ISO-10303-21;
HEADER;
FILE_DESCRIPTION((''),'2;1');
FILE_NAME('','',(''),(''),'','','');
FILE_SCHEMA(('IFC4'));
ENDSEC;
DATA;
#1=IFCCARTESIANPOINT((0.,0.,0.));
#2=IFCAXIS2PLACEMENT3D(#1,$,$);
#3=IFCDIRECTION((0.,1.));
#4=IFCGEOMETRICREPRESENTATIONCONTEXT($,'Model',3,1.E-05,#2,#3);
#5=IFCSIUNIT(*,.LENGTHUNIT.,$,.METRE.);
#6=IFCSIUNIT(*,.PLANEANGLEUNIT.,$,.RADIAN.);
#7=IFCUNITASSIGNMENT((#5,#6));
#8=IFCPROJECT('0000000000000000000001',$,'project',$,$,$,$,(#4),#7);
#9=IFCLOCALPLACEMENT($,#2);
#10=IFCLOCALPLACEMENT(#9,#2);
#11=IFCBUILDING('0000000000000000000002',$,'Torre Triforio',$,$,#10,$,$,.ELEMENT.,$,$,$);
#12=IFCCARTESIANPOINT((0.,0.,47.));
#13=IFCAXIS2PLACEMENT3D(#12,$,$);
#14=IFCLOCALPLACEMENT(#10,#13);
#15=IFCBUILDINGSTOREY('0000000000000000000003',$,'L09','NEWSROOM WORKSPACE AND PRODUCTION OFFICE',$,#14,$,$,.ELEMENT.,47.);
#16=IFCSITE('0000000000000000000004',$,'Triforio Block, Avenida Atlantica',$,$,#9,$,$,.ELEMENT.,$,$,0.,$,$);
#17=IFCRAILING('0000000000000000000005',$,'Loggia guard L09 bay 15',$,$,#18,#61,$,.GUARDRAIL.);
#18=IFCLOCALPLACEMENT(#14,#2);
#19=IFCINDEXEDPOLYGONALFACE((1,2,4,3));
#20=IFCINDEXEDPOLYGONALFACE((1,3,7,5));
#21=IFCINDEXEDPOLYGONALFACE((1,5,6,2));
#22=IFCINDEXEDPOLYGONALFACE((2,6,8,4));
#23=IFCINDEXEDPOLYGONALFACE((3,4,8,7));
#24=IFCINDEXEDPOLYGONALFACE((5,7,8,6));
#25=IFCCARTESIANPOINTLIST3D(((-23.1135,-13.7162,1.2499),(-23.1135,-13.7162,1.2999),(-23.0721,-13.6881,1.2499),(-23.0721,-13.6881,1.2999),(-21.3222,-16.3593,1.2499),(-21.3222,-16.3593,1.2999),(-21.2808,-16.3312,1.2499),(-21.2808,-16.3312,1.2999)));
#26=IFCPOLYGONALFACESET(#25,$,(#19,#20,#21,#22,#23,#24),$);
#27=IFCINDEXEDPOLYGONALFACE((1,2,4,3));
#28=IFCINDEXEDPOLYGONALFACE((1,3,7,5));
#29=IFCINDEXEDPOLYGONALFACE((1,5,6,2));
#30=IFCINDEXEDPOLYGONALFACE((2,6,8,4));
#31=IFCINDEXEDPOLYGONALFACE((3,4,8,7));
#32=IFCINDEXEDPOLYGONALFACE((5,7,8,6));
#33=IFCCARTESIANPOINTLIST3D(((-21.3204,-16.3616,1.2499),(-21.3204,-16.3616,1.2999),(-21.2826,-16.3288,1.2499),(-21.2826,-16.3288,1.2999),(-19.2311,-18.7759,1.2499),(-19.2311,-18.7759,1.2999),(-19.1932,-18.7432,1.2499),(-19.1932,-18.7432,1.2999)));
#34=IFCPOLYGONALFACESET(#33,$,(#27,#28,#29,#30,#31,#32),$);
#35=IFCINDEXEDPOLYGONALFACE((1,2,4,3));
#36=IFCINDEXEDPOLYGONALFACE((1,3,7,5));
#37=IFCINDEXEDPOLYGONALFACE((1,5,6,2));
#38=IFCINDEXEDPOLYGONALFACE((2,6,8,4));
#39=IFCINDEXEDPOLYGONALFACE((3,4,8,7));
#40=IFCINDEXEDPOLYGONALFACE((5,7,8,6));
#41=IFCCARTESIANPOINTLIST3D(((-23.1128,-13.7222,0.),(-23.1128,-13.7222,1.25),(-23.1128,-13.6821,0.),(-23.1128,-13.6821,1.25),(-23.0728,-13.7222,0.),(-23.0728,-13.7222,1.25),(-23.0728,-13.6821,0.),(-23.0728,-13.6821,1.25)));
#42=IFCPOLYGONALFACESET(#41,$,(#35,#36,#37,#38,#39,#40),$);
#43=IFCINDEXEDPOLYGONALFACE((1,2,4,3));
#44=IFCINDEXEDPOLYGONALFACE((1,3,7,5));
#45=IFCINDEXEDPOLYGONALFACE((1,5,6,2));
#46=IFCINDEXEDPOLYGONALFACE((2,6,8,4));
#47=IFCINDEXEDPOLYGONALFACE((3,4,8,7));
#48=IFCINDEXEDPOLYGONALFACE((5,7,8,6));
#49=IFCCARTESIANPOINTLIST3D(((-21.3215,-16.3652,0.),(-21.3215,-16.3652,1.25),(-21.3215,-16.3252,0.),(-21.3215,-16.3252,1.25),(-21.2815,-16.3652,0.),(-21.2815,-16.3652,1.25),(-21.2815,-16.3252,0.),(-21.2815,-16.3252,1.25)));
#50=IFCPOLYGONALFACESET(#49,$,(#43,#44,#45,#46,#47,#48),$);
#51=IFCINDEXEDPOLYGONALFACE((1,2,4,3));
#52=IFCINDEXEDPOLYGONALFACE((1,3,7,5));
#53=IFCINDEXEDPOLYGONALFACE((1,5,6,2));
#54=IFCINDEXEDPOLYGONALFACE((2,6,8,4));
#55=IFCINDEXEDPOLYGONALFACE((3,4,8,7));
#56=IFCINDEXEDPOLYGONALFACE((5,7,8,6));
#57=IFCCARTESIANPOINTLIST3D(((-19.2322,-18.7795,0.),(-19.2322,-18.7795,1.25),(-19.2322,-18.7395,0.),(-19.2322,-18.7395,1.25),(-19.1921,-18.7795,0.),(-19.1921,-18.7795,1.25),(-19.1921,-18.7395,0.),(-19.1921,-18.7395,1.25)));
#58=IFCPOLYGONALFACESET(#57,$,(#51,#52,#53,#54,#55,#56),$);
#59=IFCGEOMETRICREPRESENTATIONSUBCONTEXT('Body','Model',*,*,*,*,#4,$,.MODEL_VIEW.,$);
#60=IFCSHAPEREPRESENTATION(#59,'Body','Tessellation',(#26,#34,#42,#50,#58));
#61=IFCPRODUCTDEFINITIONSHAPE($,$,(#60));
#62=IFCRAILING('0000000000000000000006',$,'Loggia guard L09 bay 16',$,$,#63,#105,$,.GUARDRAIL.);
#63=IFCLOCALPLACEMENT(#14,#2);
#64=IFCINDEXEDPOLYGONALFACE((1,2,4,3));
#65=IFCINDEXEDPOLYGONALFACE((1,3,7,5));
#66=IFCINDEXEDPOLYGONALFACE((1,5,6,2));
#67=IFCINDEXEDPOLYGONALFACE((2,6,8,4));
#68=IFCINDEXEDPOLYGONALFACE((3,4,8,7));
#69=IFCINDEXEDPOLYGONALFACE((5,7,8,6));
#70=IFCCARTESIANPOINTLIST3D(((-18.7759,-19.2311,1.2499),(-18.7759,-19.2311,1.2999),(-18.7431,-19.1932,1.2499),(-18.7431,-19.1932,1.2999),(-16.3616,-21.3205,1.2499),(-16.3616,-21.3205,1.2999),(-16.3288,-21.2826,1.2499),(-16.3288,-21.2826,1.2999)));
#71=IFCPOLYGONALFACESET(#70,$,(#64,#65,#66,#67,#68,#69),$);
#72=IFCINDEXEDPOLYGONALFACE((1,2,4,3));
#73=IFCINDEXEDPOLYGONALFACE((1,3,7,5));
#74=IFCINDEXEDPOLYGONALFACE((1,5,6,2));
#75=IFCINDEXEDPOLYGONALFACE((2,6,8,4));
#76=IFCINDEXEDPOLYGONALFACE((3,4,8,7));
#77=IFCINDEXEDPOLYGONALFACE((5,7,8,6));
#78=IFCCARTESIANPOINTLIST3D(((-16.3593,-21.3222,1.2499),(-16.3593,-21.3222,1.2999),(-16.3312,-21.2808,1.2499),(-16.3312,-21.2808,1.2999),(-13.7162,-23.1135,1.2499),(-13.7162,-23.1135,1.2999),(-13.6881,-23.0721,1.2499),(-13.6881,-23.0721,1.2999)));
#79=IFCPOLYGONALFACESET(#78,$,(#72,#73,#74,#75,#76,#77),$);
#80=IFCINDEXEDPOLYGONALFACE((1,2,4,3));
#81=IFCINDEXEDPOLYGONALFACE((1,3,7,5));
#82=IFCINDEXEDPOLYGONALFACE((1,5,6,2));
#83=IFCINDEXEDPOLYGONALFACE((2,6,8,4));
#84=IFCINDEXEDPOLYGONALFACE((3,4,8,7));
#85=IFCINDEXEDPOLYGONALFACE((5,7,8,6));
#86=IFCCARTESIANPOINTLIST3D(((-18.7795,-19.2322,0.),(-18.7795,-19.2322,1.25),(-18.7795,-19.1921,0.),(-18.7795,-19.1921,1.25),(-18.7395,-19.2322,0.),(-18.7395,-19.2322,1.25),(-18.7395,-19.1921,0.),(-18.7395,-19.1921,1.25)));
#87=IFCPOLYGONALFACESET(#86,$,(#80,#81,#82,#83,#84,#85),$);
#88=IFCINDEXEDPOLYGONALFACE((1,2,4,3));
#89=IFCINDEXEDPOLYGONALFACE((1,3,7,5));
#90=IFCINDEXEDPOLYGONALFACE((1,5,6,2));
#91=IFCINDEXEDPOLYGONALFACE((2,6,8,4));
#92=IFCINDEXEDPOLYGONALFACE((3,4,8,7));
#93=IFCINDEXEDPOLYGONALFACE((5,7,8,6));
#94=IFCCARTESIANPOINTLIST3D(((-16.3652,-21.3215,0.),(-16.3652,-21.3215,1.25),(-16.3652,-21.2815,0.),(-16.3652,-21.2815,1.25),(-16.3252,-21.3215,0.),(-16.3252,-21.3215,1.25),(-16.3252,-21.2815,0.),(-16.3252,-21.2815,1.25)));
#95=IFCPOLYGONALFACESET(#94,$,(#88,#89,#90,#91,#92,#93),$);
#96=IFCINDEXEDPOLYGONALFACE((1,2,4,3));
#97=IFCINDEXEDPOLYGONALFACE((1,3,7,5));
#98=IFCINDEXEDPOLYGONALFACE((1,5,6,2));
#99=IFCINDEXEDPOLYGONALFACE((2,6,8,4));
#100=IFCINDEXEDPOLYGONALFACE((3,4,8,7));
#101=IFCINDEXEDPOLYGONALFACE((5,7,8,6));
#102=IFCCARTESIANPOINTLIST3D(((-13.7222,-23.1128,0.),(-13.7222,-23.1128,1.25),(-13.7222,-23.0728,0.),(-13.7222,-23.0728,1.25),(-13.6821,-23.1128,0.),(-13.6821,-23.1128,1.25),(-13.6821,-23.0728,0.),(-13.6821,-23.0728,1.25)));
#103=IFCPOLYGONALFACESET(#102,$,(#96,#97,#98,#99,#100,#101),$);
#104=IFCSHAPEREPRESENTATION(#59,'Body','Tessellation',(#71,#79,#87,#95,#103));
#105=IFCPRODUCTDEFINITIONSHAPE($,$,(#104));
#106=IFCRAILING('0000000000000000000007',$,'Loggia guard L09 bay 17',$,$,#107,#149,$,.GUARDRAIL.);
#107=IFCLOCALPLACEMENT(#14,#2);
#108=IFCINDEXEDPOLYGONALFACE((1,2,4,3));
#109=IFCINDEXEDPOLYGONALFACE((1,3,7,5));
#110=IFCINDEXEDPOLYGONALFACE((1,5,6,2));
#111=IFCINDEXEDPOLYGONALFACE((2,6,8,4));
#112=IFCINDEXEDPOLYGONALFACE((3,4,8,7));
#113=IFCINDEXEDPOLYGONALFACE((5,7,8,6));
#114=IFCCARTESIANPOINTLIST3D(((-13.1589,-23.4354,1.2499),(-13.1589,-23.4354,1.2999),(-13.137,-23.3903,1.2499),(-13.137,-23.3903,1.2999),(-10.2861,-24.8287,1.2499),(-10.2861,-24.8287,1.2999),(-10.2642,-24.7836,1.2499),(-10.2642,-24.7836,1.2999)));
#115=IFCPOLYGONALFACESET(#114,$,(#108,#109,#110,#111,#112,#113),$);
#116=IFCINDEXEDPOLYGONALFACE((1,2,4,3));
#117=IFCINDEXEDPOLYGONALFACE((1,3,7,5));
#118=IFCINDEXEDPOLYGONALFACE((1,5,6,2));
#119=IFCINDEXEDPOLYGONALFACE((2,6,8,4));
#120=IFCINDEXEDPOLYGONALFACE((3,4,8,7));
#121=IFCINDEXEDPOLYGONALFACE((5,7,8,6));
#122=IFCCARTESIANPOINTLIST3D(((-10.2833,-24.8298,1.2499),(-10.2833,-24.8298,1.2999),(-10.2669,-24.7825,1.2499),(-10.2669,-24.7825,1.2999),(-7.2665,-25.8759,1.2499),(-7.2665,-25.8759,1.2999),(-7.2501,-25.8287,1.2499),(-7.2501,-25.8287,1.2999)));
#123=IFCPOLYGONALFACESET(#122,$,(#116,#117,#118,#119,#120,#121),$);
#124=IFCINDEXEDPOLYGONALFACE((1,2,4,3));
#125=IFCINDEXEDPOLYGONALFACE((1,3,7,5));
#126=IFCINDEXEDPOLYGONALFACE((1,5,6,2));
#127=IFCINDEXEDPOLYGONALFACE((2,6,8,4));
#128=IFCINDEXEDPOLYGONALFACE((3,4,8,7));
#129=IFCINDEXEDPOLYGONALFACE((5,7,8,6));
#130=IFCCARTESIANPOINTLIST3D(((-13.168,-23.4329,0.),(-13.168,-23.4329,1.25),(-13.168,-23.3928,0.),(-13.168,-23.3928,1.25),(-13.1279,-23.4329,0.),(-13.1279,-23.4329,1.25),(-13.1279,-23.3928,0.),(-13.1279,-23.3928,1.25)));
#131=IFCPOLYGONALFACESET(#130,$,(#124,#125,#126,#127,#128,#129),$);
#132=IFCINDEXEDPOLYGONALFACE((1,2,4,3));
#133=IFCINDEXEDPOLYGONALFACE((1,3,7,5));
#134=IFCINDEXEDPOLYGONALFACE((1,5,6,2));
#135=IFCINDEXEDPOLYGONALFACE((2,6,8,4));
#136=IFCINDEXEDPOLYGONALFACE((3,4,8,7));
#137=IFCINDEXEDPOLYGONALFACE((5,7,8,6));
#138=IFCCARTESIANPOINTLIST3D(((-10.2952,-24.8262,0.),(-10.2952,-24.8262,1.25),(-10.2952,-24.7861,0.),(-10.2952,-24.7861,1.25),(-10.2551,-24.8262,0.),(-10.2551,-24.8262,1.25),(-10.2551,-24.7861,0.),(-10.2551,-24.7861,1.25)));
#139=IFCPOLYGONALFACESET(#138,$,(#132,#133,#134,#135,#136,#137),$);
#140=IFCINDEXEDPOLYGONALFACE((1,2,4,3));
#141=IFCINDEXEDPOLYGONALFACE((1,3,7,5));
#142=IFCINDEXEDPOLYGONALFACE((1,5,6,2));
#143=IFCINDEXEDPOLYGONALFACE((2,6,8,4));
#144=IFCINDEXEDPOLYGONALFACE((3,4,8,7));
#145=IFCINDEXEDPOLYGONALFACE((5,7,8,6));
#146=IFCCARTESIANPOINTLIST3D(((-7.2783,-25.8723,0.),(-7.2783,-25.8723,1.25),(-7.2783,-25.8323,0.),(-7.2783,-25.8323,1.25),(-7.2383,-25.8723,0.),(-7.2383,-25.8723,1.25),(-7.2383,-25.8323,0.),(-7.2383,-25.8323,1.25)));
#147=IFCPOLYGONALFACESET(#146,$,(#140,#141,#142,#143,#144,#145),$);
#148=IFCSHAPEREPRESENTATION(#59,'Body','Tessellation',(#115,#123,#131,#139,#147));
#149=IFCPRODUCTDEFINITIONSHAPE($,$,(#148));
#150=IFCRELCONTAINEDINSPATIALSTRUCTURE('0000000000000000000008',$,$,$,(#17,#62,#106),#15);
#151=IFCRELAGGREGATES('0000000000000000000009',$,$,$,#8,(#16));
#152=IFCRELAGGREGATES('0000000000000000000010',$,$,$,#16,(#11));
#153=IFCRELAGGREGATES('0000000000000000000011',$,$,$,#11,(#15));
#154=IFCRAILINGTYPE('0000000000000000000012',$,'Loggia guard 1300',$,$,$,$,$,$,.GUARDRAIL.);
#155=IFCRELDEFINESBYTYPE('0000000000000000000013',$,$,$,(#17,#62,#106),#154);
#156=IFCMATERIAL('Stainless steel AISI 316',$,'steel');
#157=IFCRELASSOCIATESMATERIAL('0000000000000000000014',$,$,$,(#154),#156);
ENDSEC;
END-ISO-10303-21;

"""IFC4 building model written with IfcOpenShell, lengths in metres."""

from ifc_helpers import new_model, si_unit, direction, frame, origin, origin_2d, place, context, subcontext, project, spatial, rectangle, extrude, material, type_object, element, save


model = new_model("IFC4")

# Units and contexts
model_context = context("Model", 3, precision=1e-05, world=origin(), true_north=direction((0.0, 1.0)))
body_context = subcontext(model_context, "Body", "Model", "MODEL_VIEW")
ifc_project = project(units=[si_unit("LENGTHUNIT", "METRE"), si_unit("PLANEANGLEUNIT", "RADIAN")], contexts=[model_context])

# Site, building, storey
site_placement = place(None, origin())
site = spatial("IfcSite", under=ifc_project, at=site_placement, Name="Triforio Block, Avenida Atlantica", CompositionType="ELEMENT", RefElevation=0.0)
building_placement = place(site_placement, origin())
building = spatial("IfcBuilding", under=site, at=building_placement, Name="Torre Triforio", CompositionType="ELEMENT")
storey_placement = place(building_placement, frame((0.0, 0.0, 47.0)))
storey = spatial("IfcBuildingStorey", under=building, at=storey_placement, Name="L09", Description="NEWSROOM WORKSPACE AND PRODUCTION OFFICE", CompositionType="ELEMENT", Elevation=47.0)

# Railings
ifc_material_1 = material(Name="Stainless steel AISI 316", Category="steel")
railing_type = type_object("IfcRailingType", Name="Loggia guard 1300", PredefinedType="GUARDRAIL", material=ifc_material_1)
railing_1_placement = place(storey_placement, frame((-23.0928, -13.7021, 0.0)))
element("IfcRailing", 1, at=railing_1_placement, inside=storey, type_object=railing_type, Name="Loggia guard L09 bay 15", PredefinedType="GUARDRAIL", context=body_context, shape_type="SweptSolid", body=[
    extrude(rectangle(XDim=0.05, YDim=0.05, at=origin_2d()), frame((0.0, 0.0, 1.2749), z_axis=(0.561019, -0.827803, 0.0), x_axis=(0.827803, 0.561019, 0.0)), (0.0, 0.0, 1.0), 3.1929),
    extrude(rectangle(XDim=0.05, YDim=0.05, at=origin_2d()), frame((1.7913, -2.6431, 1.2749), z_axis=(0.654386, -0.756161, 0.0), x_axis=(0.756161, 0.654386, 0.0)), (0.0, 0.0, 1.0), 3.1929),
    extrude(rectangle(XDim=0.04, YDim=0.04, at=origin_2d()), origin(), (0.0, 0.0, 1.0), 1.25),
    extrude(rectangle(XDim=0.04, YDim=0.04, at=origin_2d()), frame((1.7913, -2.6431, 0.0)), (0.0, 0.0, 1.0), 1.25),
    extrude(rectangle(XDim=0.04, YDim=0.04, at=origin_2d()), frame((3.8806, -5.0574, 0.0)), (0.0, 0.0, 1.0), 1.25),
])
railing_2_placement = place(storey_placement, frame((-18.7595, -19.2122, 0.0)))
element("IfcRailing", 2, at=railing_2_placement, inside=storey, type_object=railing_type, Name="Loggia guard L09 bay 16", PredefinedType="GUARDRAIL", context=body_context, shape_type="SweptSolid", body=[
    extrude(rectangle(XDim=0.05, YDim=0.05, at=origin_2d()), frame((0.0, 0.0, 1.2749), z_axis=(0.756161, -0.654386, 0.0), x_axis=(0.654386, 0.756161, 0.0)), (0.0, 0.0, 1.0), 3.1929),
    extrude(rectangle(XDim=0.05, YDim=0.05, at=origin_2d()), frame((2.4143, -2.0894, 1.2749), z_axis=(0.827803, -0.561019, 0.0), x_axis=(0.561019, 0.827803, 0.0)), (0.0, 0.0, 1.0), 3.1929),
    extrude(rectangle(XDim=0.04, YDim=0.04, at=origin_2d()), origin(), (0.0, 0.0, 1.0), 1.25),
    extrude(rectangle(XDim=0.04, YDim=0.04, at=origin_2d()), frame((2.4143, -2.0894, 0.0)), (0.0, 0.0, 1.0), 1.25),
    extrude(rectangle(XDim=0.04, YDim=0.04, at=origin_2d()), frame((5.0574, -3.8806, 0.0)), (0.0, 0.0, 1.0), 1.25),
])
railing_3_placement = place(storey_placement, frame((-13.1479, -23.4128, 0.0)))
element("IfcRailing", 3, at=railing_3_placement, inside=storey, type_object=railing_type, Name="Loggia guard L09 bay 17", PredefinedType="GUARDRAIL", context=body_context, shape_type="SweptSolid", body=[
    extrude(rectangle(XDim=0.05, YDim=0.05, at=origin_2d()), frame((0.0, 0.0, 1.2749), z_axis=(0.89976, -0.436384, 0.0), x_axis=(0.436384, 0.89976, 0.0)), (0.0, 0.0, 1.0), 3.1929),
    extrude(rectangle(XDim=0.05, YDim=0.05, at=origin_2d()), frame((2.8728, -1.3933, 1.2749), z_axis=(0.944807, -0.327628, 0.0), x_axis=(0.327628, 0.944807, 0.0)), (0.0, 0.0, 1.0), 3.1931),
    extrude(rectangle(XDim=0.04, YDim=0.04, at=origin_2d()), origin(), (0.0, 0.0, 1.0), 1.25),
    extrude(rectangle(XDim=0.04, YDim=0.04, at=origin_2d()), frame((2.8728, -1.3933, 0.0)), (0.0, 0.0, 1.0), 1.25),
    extrude(rectangle(XDim=0.04, YDim=0.04, at=origin_2d()), frame((5.8896, -2.4395, 0.0)), (0.0, 0.0, 1.0), 1.25),
])

save(model, "model.ifc")
